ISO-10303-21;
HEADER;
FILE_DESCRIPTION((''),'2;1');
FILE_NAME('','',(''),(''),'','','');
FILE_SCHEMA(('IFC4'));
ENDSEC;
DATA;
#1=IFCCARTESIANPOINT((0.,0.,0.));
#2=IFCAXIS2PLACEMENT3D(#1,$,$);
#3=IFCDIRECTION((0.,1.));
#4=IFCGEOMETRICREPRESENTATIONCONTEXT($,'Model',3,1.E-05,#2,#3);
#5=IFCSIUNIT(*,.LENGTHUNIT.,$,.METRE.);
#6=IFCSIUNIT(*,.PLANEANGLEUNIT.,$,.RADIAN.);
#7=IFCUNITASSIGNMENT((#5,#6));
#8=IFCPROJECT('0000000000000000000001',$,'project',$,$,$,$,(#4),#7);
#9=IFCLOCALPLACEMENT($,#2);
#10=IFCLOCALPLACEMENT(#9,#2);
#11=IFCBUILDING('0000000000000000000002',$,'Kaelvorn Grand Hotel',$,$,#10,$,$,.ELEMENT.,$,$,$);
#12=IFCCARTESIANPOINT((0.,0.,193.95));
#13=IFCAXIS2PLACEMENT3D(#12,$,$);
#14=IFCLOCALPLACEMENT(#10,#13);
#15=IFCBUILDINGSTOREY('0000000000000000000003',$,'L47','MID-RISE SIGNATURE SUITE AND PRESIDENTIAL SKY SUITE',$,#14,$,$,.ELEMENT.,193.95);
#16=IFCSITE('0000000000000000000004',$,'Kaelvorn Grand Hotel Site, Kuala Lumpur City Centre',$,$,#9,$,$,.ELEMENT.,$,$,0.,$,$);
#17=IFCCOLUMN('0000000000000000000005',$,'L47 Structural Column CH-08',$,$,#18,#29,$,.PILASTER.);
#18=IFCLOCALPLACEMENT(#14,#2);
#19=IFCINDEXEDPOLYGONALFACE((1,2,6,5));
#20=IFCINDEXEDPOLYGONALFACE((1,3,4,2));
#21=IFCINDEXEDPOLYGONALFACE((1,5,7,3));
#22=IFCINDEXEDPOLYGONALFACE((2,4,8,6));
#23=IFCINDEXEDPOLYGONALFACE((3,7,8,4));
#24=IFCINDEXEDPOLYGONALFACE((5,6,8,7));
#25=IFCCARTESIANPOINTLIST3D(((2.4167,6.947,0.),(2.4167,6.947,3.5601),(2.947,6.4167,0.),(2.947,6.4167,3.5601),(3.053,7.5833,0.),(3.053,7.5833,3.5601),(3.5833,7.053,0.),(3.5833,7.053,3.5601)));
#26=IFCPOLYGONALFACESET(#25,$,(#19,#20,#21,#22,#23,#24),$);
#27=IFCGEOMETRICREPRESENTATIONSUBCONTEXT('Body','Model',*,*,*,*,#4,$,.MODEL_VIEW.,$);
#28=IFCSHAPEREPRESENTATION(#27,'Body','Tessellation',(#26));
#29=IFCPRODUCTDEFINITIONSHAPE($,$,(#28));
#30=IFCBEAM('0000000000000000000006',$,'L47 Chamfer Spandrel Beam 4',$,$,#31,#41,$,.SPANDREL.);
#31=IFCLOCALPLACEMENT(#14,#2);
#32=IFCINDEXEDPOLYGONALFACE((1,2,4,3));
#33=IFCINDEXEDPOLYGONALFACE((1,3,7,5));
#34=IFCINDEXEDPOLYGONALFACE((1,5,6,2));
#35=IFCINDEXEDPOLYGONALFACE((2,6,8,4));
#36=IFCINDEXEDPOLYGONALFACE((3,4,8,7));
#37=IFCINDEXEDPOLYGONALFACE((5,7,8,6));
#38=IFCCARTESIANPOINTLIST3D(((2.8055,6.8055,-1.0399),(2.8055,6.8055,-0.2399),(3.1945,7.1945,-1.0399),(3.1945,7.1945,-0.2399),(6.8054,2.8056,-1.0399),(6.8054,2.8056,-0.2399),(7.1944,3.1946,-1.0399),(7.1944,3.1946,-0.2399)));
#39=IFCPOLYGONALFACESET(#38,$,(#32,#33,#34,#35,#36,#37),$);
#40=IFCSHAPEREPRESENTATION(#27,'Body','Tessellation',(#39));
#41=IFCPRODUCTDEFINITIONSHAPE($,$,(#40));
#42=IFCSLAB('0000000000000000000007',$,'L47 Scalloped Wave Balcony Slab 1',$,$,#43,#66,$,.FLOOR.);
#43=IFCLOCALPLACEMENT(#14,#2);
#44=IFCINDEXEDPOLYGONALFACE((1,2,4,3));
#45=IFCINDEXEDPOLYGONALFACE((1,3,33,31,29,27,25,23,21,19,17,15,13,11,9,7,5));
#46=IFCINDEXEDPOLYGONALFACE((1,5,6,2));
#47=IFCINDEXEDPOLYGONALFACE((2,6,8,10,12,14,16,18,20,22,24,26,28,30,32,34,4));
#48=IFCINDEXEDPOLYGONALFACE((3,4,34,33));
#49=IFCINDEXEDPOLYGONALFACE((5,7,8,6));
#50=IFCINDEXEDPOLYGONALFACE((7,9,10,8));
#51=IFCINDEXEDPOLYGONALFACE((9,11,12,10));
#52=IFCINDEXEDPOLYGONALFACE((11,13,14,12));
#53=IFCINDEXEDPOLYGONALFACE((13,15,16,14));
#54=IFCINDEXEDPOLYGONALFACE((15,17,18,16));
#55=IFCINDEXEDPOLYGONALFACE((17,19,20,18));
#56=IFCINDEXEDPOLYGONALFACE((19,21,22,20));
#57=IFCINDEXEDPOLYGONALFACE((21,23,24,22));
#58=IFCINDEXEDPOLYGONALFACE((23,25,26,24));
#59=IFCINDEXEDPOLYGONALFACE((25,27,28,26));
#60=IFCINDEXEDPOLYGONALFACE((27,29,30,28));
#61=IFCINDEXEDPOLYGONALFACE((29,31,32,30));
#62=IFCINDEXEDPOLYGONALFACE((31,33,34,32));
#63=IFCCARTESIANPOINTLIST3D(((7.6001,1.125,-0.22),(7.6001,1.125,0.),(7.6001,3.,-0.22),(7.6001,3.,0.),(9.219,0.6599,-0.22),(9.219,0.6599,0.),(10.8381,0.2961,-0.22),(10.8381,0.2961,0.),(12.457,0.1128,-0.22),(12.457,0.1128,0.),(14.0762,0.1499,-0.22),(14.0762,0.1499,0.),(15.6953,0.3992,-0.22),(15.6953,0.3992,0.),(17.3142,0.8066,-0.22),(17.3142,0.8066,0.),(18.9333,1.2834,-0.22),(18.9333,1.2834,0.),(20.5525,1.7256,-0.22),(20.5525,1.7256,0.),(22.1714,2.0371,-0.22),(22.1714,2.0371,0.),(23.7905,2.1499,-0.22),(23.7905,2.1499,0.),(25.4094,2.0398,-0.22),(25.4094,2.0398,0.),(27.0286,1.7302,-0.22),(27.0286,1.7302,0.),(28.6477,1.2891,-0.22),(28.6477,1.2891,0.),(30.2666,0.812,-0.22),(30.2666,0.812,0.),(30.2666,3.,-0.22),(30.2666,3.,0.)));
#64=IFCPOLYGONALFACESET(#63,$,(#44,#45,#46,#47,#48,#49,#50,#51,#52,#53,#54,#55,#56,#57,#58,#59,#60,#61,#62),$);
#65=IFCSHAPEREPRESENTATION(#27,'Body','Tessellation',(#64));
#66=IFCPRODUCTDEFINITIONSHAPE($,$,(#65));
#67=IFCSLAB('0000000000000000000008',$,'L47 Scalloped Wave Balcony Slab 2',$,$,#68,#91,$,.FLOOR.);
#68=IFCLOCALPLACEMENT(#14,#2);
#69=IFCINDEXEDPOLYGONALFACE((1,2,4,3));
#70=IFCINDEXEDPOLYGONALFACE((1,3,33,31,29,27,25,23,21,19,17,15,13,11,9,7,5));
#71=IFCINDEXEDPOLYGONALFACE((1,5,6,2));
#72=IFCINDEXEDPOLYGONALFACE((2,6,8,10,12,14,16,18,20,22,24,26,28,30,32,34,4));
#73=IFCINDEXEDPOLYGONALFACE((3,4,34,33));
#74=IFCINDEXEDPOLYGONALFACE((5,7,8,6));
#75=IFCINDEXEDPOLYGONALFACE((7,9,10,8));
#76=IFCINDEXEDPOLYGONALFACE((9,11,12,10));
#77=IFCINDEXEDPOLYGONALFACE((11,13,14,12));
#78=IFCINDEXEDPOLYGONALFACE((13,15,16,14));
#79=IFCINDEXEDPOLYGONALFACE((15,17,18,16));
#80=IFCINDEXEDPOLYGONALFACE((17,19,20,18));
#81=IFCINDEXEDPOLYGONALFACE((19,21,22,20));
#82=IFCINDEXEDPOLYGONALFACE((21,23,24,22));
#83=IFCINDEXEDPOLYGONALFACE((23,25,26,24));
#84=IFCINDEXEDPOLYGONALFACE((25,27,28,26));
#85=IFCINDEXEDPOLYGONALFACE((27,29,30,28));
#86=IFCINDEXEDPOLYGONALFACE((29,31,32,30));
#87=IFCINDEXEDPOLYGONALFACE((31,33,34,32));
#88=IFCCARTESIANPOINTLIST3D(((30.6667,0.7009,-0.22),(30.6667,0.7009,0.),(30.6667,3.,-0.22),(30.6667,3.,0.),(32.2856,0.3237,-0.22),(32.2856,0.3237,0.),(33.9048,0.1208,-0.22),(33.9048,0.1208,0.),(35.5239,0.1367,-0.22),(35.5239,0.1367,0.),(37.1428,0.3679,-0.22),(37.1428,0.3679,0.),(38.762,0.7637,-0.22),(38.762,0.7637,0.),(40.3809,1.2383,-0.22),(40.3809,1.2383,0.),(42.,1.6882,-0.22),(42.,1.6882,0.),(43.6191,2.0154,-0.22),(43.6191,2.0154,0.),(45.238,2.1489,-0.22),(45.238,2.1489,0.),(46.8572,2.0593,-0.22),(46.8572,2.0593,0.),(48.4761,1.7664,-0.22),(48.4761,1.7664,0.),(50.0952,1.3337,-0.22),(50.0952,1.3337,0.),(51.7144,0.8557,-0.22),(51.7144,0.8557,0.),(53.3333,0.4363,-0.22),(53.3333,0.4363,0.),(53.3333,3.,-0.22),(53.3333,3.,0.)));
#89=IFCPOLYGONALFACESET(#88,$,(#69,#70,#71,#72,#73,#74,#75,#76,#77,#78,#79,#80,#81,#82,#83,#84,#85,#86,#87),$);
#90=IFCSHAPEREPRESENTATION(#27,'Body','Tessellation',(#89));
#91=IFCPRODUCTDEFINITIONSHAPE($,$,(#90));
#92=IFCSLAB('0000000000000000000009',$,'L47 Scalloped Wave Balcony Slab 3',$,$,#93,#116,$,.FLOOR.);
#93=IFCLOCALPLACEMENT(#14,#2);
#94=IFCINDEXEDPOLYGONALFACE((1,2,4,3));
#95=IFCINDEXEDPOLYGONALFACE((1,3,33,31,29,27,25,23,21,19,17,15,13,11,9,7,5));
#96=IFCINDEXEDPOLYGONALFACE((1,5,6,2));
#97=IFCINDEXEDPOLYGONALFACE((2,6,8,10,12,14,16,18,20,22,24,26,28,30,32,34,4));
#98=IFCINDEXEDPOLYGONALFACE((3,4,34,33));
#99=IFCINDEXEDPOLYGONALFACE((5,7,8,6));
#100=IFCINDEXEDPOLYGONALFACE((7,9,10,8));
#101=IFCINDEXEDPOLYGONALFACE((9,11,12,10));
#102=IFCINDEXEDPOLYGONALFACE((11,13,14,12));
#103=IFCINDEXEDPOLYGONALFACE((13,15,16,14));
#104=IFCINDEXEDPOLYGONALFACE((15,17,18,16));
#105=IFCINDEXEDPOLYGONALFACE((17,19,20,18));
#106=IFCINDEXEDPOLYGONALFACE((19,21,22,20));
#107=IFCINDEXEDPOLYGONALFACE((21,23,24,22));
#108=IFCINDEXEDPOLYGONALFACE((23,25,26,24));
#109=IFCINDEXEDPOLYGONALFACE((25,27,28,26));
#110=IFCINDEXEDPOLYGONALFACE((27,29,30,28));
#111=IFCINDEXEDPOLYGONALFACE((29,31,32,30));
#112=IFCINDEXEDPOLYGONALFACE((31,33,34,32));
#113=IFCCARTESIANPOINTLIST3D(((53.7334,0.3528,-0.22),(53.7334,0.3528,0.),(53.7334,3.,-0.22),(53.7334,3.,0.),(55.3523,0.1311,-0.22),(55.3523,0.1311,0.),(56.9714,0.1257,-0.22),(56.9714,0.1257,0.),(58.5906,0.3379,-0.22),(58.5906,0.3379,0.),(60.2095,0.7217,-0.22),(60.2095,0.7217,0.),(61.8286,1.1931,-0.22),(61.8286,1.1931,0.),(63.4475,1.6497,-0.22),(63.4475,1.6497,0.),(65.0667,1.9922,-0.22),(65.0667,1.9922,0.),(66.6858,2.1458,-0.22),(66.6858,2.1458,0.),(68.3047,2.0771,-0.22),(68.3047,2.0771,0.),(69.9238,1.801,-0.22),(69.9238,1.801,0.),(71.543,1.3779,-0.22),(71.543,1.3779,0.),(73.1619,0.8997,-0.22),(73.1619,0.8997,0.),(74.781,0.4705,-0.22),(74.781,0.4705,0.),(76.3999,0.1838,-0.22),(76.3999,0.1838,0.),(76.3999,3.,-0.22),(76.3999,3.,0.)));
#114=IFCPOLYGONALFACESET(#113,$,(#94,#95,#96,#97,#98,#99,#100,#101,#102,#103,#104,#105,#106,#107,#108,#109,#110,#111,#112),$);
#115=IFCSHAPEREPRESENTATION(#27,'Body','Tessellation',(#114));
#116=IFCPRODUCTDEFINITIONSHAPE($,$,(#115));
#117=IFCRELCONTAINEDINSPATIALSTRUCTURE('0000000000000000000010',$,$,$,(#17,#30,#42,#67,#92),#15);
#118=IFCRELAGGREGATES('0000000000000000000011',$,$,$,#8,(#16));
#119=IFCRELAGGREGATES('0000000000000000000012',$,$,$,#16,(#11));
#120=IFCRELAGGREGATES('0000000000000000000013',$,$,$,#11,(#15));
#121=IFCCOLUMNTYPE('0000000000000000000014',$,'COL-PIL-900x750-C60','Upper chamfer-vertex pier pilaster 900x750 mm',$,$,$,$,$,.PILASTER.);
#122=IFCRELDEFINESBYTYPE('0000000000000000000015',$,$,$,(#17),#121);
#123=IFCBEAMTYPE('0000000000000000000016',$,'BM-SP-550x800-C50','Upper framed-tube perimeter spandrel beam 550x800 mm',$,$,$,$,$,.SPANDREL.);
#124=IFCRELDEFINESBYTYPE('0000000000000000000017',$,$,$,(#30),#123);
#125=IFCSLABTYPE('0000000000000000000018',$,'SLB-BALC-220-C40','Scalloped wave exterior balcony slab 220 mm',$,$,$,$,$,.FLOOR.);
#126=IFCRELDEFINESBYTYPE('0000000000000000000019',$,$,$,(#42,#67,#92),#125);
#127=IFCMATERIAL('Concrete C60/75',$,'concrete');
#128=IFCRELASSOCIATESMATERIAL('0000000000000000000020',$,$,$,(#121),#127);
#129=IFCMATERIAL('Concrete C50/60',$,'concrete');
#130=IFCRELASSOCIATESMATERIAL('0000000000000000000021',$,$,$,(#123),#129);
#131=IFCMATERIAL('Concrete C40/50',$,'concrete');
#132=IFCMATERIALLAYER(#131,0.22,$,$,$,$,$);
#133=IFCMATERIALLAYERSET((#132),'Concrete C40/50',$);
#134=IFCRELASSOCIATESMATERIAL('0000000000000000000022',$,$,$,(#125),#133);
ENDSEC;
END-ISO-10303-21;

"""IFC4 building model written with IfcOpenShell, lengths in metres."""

from ifc_helpers import new_model, si_unit, direction, frame, origin, origin_2d, place, context, subcontext, project, spatial, polyline, rectangle, outline, extrude, material, layer, layer_set, material_profile, profile_set, type_object, element, save


model = new_model("IFC4")

# Units and contexts
model_context = context("Model", 3, precision=1e-05, world=origin(), true_north=direction((0.0, 1.0)))
body_context = subcontext(model_context, "Body", "Model", "MODEL_VIEW")
ifc_project = project(units=[si_unit("LENGTHUNIT", "METRE"), si_unit("PLANEANGLEUNIT", "RADIAN")], contexts=[model_context])

# Site, building, storey
site_placement = place(None, origin())
site = spatial("IfcSite", under=ifc_project, at=site_placement, Name="Kaelvorn Grand Hotel Site, Kuala Lumpur City Centre", CompositionType="ELEMENT", RefElevation=0.0)
building_placement = place(site_placement, origin())
building = spatial("IfcBuilding", under=site, at=building_placement, Name="Kaelvorn Grand Hotel", CompositionType="ELEMENT")
storey_placement = place(building_placement, frame((0.0, 0.0, 193.95)))
storey = spatial("IfcBuildingStorey", under=building, at=storey_placement, Name="L47", Description="MID-RISE SIGNATURE SUITE AND PRESIDENTIAL SKY SUITE", CompositionType="ELEMENT", Elevation=193.95)

# Column
ifc_material_1 = material(Name="Concrete C60/75", Category="concrete")
ifc_material_profile_1 = material_profile(ifc_material_1, rectangle(XDim=0.8999, YDim=0.75, at=origin_2d()), Name="RC PILASTER 900x750")
ifc_profile_set_1 = profile_set([ifc_material_profile_1], Name="Concrete C60/75")
column_type = type_object("IfcColumnType", Name="COL-PIL-900x750-C60", Description="Upper chamfer-vertex pier pilaster 900x750 mm", PredefinedType="PILASTER", material=ifc_profile_set_1)
column_placement = place(storey_placement, frame((3.0, 7.0, 0.0), z_axis=(0.0, 0.0, 1.0), x_axis=(0.707107, 0.707107, 0.0)))
element("IfcColumn", 1, at=column_placement, inside=storey, type_object=column_type, Name="L47 Structural Column CH-08", PredefinedType="PILASTER", context=body_context, shape_type="SweptSolid", body=[
    extrude(rectangle(XDim=0.8999, YDim=0.75, at=origin_2d()), origin(), (0.0, 0.0, 1.0), 3.5601),
])

# Beam
ifc_material_2 = material(Name="Concrete C50/60", Category="concrete")
ifc_material_profile_2 = material_profile(ifc_material_2, rectangle(XDim=0.55, YDim=0.8, at=origin_2d()), Name="RC SPANDREL 550x800")
ifc_profile_set_2 = profile_set([ifc_material_profile_2], Name="Concrete C50/60")
beam_type = type_object("IfcBeamType", Name="BM-SP-550x800-C50", Description="Upper framed-tube perimeter spandrel beam 550x800 mm", PredefinedType="SPANDREL", material=ifc_profile_set_2)
beam_placement = place(storey_placement, frame((3.0, 7.0, -0.6399), z_axis=(0.707107, -0.707107, 0.0), x_axis=(0.707107, 0.707107, 0.0)))
element("IfcBeam", 2, at=beam_placement, inside=storey, type_object=beam_type, Name="L47 Chamfer Spandrel Beam 4", PredefinedType="SPANDREL", context=body_context, shape_type="SweptSolid", body=[
    extrude(rectangle(XDim=0.55, YDim=0.8, at=origin_2d()), origin(), (0.0, 0.0, 1.0), 5.6567),
])

# Slabs
ifc_material_3 = material(Name="Concrete C40/50", Category="concrete")
ifc_layer_1 = layer(ifc_material_3, 0.22)
ifc_layer_set_1 = layer_set([ifc_layer_1], Name="Concrete C40/50")
slab_type_1 = type_object("IfcSlabType", Name="SLB-BALC-220-C40", Description="Scalloped wave exterior balcony slab 220 mm", PredefinedType="FLOOR", material=ifc_layer_set_1)
slab_1_placement = place(storey_placement, frame((0.0, 0.0, -0.22)))
element("IfcSlab", 3, at=slab_1_placement, inside=storey, type_object=slab_type_1, Name="L47 Scalloped Wave Balcony Slab 1", PredefinedType="FLOOR", context=body_context, shape_type="SweptSolid", body=[
    extrude(outline(polyline([(7.6001, 1.125), (9.219, 0.6599), (10.8381, 0.2961), (12.457, 0.1128), (14.0762, 0.1499), (15.6953, 0.3992), (17.3142, 0.8066), (18.9333, 1.2834), (20.5525, 1.7256), (22.1714, 2.0371), (23.7905, 2.1499), (25.4094, 2.0398), (27.0286, 1.7302), (28.6477, 1.2891), (30.2666, 0.812), (30.2666, 3.0), (7.6001, 3.0), (7.6001, 1.125)])), origin(), (0.0, 0.0, 1.0), 0.22),
])
slab_2_placement = place(storey_placement, frame((0.0, 0.0, -0.22)))
element("IfcSlab", 4, at=slab_2_placement, inside=storey, type_object=slab_type_1, Name="L47 Scalloped Wave Balcony Slab 2", PredefinedType="FLOOR", context=body_context, shape_type="SweptSolid", body=[
    extrude(outline(polyline([(30.6667, 0.7009), (32.2856, 0.3237), (33.9048, 0.1208), (35.5239, 0.1367), (37.1428, 0.3679), (38.762, 0.7637), (40.3809, 1.2383), (42.0, 1.6882), (43.6191, 2.0154), (45.238, 2.1489), (46.8572, 2.0593), (48.4761, 1.7664), (50.0952, 1.3337), (51.7144, 0.8557), (53.3333, 0.4363), (53.3333, 3.0), (30.6667, 3.0), (30.6667, 0.7009)])), origin(), (0.0, 0.0, 1.0), 0.22),
])
slab_3_placement = place(storey_placement, frame((0.0, 0.0, -0.22)))
element("IfcSlab", 5, at=slab_3_placement, inside=storey, type_object=slab_type_1, Name="L47 Scalloped Wave Balcony Slab 3", PredefinedType="FLOOR", context=body_context, shape_type="SweptSolid", body=[
    extrude(outline(polyline([(53.7334, 0.3528), (55.3523, 0.1311), (56.9714, 0.1257), (58.5906, 0.3379), (60.2095, 0.7217), (61.8286, 1.1931), (63.4475, 1.6497), (65.0667, 1.9922), (66.6858, 2.1458), (68.3047, 2.0771), (69.9238, 1.801), (71.543, 1.3779), (73.1619, 0.8997), (74.781, 0.4705), (76.3999, 0.1838), (76.3999, 3.0), (53.7334, 3.0), (53.7334, 0.3528)])), origin(), (0.0, 0.0, 1.0), 0.22),
])

save(model, "model.ifc")
